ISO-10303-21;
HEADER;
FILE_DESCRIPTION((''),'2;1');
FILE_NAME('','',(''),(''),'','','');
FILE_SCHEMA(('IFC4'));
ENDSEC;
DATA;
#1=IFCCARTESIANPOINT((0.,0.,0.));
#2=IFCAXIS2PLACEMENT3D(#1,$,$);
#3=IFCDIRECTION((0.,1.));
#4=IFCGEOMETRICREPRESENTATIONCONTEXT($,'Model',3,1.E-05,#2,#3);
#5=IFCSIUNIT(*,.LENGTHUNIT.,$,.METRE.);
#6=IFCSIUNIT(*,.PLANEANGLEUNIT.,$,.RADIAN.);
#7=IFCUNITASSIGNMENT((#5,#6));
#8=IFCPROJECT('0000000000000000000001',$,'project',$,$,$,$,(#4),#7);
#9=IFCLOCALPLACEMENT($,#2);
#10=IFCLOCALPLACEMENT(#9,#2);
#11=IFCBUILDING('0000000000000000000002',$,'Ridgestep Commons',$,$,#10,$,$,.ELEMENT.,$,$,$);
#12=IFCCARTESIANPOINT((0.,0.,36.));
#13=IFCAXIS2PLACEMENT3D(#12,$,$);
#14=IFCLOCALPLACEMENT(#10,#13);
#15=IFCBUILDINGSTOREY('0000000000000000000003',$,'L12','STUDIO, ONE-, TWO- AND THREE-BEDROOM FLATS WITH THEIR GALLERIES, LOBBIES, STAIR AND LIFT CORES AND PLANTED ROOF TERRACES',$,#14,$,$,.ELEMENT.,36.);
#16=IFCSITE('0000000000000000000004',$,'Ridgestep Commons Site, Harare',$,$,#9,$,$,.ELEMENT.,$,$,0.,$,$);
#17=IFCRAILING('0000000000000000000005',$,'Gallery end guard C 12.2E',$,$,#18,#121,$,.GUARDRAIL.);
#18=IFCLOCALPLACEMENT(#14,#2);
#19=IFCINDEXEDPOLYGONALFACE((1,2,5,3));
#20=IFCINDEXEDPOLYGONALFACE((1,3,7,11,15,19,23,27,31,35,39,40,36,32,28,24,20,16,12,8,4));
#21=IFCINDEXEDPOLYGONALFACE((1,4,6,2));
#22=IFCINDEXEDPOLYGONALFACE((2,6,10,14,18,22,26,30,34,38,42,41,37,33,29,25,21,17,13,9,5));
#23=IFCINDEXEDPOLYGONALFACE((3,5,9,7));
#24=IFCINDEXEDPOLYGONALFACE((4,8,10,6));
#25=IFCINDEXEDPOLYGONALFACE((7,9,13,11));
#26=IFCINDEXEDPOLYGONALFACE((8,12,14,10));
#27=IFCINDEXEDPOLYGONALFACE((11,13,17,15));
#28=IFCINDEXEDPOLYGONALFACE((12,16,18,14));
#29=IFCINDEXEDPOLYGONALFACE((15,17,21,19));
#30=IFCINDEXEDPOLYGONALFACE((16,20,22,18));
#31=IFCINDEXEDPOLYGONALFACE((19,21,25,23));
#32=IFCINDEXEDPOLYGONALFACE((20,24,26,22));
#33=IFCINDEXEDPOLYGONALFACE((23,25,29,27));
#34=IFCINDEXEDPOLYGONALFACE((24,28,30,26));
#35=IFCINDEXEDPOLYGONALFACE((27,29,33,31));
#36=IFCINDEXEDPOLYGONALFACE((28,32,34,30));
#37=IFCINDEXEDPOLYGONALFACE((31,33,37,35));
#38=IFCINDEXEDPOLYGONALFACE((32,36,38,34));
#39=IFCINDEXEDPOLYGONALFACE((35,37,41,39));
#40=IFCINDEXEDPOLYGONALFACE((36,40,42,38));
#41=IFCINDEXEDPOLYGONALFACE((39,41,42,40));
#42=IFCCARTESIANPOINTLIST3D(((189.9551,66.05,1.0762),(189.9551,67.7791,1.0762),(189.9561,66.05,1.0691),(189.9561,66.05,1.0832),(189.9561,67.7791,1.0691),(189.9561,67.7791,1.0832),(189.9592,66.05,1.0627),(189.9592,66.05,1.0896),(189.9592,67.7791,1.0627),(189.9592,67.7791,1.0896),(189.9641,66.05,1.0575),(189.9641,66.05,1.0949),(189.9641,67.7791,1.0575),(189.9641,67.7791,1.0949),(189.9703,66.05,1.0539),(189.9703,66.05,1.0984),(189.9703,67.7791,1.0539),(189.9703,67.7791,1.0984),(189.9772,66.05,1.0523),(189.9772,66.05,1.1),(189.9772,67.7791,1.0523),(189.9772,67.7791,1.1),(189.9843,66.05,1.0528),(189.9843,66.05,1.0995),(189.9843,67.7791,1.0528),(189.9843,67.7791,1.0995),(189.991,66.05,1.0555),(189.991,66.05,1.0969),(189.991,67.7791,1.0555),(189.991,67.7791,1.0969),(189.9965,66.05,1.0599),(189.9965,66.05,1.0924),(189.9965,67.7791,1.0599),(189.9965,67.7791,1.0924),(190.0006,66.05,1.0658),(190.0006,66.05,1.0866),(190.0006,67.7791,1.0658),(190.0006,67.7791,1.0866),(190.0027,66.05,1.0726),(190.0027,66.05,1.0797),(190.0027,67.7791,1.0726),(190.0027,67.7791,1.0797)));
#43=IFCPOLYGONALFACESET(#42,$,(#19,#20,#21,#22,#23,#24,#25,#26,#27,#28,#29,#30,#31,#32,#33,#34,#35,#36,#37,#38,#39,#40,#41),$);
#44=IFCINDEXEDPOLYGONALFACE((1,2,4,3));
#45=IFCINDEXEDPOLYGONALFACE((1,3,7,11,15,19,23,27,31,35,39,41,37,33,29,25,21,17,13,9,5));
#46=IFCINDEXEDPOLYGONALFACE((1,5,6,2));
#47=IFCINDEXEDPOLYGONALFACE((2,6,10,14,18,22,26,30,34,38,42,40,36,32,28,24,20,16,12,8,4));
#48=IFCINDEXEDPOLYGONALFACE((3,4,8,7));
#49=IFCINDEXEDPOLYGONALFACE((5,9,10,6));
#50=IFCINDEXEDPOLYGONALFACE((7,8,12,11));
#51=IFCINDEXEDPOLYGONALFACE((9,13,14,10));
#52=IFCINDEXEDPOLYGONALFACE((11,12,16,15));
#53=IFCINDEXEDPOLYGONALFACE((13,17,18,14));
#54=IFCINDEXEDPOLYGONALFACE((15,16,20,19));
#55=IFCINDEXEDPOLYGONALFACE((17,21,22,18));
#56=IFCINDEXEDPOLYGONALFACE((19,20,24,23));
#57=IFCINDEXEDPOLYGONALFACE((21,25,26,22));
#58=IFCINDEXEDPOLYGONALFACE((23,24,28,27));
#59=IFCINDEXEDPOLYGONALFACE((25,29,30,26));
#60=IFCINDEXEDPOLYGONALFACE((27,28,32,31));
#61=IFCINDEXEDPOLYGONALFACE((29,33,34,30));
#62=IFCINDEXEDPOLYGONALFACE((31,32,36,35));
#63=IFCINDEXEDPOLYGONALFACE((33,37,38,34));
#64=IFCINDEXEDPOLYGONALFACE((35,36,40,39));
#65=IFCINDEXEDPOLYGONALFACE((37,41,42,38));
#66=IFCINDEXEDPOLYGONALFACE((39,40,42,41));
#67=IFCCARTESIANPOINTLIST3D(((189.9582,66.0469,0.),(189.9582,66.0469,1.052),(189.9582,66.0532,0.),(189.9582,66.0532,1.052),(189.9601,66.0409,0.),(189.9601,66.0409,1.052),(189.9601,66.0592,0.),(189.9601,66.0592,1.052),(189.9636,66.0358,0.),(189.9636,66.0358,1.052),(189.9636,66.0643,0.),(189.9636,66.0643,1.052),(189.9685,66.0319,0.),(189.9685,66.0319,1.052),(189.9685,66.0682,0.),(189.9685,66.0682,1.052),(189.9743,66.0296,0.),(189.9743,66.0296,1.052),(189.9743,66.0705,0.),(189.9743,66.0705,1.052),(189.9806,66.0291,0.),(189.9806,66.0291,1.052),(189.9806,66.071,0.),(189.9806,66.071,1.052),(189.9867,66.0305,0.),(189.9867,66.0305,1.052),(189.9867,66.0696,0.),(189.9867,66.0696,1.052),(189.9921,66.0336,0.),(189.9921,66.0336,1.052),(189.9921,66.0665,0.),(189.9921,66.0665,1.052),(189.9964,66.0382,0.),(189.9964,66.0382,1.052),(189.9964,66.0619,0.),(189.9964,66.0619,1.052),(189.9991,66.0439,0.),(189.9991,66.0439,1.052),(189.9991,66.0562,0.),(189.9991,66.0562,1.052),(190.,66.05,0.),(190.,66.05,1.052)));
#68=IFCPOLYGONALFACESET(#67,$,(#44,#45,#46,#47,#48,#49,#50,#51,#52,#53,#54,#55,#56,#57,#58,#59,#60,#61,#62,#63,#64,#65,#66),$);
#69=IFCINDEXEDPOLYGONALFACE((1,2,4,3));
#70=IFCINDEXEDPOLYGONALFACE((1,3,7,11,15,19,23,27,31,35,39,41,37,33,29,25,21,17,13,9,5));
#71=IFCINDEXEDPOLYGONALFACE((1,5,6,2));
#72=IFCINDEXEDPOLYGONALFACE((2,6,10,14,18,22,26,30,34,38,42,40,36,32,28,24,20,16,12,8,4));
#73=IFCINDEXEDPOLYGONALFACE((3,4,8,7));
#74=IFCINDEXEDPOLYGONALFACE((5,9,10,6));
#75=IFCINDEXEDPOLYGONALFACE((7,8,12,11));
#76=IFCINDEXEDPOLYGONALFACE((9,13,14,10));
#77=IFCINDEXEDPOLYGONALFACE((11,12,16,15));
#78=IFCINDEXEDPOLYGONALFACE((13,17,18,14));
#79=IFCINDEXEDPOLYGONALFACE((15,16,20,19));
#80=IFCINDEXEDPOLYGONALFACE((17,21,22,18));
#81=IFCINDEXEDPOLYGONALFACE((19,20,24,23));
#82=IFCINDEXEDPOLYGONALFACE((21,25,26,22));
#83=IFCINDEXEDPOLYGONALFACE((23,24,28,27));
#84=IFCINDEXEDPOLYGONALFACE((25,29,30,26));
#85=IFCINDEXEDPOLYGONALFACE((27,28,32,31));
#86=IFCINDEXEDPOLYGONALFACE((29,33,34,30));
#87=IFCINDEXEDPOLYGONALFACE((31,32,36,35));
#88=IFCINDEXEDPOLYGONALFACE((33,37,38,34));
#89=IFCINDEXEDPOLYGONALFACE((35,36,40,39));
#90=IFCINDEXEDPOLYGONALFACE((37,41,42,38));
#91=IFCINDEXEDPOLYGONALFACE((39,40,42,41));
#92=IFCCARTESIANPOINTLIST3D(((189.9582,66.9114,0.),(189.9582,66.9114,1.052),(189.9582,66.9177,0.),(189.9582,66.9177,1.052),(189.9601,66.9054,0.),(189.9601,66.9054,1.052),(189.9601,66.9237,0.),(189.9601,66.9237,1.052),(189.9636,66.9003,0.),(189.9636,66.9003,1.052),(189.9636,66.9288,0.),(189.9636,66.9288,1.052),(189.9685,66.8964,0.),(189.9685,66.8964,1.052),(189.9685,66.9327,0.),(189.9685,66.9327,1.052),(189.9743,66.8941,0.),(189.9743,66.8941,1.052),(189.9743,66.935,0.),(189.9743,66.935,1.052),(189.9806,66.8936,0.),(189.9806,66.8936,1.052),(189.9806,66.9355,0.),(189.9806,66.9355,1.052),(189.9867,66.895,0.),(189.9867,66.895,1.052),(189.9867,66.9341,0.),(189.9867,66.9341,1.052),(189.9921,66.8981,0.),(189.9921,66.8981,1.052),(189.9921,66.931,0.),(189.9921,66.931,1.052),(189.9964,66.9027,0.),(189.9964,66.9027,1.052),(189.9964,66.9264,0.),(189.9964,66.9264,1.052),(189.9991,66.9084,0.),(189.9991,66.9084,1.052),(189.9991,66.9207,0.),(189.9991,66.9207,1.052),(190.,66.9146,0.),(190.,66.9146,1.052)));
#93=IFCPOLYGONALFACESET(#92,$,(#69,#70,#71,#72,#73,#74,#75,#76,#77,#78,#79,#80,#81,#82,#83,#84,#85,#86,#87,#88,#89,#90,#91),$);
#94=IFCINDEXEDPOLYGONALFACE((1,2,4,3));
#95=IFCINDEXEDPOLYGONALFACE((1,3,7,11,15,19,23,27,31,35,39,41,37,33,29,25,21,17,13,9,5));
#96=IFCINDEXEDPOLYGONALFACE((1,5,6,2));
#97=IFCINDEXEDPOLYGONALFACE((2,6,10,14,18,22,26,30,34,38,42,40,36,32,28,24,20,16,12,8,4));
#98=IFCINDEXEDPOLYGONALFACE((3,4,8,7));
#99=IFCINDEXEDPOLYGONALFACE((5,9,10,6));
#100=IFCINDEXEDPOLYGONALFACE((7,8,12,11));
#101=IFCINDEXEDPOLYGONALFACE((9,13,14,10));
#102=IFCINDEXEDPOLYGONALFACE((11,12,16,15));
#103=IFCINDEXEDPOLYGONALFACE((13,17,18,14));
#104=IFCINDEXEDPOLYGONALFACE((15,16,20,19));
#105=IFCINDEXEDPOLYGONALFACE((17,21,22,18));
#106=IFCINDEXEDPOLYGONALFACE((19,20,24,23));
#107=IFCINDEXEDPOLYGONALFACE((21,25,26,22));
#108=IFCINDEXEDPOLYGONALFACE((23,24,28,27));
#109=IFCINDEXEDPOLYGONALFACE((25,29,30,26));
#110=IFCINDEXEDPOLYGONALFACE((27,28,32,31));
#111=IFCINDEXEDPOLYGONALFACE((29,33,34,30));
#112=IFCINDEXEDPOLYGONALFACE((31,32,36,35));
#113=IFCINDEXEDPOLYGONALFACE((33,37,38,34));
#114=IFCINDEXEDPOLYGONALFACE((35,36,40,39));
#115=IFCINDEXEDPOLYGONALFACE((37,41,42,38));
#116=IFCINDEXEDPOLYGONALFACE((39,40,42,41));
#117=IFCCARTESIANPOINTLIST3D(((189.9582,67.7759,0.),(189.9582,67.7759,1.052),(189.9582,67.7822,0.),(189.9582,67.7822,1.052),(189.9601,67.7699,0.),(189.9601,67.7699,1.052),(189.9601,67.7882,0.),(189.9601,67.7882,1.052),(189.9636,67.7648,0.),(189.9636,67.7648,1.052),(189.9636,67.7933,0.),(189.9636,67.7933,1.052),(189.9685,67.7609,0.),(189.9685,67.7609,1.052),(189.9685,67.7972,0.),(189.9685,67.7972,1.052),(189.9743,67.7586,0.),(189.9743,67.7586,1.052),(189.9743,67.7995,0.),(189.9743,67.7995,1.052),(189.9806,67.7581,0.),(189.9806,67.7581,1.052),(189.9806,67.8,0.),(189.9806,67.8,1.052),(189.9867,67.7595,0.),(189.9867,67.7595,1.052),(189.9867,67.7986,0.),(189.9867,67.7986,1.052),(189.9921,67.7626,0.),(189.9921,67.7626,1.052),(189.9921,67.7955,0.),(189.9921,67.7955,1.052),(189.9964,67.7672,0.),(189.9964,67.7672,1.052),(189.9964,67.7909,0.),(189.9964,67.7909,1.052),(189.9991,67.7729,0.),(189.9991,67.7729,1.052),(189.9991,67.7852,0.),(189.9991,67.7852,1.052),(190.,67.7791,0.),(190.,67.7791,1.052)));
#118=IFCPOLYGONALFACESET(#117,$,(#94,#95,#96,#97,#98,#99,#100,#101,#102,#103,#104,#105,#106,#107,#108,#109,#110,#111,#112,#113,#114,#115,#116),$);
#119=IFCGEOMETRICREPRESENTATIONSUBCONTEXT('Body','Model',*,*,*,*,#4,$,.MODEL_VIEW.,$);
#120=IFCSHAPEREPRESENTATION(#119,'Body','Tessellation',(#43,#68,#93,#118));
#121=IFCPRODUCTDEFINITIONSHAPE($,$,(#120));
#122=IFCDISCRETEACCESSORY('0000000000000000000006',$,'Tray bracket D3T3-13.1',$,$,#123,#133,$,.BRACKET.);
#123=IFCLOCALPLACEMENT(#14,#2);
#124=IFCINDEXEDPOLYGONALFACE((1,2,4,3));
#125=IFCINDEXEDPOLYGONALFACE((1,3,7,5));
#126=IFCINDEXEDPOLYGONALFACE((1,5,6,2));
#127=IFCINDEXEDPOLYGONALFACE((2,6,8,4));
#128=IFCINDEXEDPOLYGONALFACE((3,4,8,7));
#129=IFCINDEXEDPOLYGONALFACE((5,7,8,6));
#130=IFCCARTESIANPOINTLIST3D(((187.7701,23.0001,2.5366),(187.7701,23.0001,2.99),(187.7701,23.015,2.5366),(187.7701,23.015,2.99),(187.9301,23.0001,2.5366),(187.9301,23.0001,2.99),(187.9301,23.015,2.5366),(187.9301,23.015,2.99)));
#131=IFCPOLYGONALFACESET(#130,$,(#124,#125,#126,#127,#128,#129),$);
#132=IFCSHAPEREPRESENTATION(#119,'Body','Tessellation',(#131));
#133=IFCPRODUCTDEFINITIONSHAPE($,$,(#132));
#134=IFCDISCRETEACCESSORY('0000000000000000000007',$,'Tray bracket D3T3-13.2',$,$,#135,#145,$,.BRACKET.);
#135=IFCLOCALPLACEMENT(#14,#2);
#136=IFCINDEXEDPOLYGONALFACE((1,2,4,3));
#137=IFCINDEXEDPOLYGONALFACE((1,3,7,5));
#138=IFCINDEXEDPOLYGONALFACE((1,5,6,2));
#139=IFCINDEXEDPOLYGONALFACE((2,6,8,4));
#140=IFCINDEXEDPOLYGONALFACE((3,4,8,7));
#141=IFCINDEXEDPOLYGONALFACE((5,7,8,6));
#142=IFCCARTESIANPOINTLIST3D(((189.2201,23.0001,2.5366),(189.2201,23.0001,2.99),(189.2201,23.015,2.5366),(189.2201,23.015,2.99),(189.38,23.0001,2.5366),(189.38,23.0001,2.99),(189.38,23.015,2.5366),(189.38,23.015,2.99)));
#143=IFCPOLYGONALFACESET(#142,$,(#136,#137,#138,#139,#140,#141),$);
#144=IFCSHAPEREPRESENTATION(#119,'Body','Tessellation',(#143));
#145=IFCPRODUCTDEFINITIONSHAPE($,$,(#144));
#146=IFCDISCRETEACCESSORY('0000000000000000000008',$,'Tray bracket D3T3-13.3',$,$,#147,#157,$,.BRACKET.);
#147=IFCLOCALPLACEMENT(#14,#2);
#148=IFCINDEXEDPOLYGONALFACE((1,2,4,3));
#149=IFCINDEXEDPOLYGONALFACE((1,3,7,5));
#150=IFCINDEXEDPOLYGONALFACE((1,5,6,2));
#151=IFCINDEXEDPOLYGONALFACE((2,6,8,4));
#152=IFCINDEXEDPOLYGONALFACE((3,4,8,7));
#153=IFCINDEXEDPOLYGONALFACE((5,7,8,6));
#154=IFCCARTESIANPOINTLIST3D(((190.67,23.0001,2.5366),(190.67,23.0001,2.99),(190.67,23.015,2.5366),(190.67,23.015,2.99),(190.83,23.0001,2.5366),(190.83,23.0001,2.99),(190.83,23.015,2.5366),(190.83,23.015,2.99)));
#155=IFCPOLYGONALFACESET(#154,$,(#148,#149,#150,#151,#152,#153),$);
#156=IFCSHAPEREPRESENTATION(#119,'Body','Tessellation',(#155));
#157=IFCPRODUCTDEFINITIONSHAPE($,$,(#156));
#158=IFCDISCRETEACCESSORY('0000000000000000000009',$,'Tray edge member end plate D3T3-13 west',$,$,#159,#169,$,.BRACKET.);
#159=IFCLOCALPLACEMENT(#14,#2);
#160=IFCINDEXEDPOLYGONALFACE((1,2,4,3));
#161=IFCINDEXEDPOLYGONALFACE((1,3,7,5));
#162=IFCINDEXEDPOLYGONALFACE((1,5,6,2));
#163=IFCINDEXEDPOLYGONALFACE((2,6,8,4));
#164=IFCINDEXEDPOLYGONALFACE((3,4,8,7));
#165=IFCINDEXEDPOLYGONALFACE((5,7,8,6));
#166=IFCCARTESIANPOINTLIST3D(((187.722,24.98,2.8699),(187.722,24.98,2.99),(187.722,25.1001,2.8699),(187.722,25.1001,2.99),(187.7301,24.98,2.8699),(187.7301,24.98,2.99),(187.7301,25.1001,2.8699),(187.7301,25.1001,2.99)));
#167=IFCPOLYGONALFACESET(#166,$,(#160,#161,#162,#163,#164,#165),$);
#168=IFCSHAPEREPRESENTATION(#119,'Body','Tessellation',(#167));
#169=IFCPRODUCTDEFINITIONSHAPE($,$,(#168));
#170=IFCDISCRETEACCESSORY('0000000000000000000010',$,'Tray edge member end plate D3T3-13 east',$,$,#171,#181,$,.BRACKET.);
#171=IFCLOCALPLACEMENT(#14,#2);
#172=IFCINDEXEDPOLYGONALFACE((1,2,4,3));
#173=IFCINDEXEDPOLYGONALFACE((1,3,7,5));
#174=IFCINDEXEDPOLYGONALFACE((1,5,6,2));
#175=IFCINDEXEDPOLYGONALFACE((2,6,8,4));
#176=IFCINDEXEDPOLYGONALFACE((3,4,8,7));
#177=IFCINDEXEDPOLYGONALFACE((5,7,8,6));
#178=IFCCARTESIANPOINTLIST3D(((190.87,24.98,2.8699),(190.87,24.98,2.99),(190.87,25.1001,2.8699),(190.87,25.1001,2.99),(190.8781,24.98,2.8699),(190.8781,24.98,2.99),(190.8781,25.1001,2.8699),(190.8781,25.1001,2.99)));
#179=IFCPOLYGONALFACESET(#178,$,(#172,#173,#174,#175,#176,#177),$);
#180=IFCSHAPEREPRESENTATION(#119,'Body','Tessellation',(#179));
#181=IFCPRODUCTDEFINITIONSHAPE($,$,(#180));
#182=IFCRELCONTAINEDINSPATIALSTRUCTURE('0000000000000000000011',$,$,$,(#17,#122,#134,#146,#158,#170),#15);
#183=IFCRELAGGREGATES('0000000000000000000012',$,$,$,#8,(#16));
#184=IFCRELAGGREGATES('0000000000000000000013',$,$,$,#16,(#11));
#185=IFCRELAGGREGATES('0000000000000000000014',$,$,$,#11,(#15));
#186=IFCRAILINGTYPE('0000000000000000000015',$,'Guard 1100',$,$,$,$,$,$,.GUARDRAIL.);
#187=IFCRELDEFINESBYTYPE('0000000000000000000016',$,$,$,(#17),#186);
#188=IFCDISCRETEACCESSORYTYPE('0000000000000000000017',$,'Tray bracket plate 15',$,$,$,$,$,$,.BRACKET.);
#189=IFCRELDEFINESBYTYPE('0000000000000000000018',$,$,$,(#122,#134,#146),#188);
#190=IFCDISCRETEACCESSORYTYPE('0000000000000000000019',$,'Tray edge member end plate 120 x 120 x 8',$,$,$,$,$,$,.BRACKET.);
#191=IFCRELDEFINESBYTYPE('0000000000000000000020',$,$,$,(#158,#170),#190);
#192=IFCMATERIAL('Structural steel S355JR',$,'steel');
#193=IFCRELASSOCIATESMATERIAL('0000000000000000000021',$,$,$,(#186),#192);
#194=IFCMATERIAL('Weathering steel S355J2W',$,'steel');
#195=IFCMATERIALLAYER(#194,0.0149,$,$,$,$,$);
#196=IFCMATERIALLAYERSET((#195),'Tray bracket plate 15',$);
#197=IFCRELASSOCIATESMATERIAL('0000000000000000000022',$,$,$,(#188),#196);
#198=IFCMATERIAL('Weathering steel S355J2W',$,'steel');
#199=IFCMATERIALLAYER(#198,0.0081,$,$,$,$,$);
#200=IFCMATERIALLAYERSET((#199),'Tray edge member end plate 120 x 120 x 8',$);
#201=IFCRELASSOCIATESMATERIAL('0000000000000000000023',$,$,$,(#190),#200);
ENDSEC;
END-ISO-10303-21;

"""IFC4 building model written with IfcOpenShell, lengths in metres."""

from ifc_helpers import new_model, si_unit, direction, frame, origin, origin_2d, place, context, subcontext, project, spatial, rectangle, circle, extrude, material, layer, layer_set, type_object, element, save


model = new_model("IFC4")

# Units and contexts
model_context = context("Model", 3, precision=1e-05, world=origin(), true_north=direction((0.0, 1.0)))
body_context = subcontext(model_context, "Body", "Model", "MODEL_VIEW")
ifc_project = project(units=[si_unit("LENGTHUNIT", "METRE"), si_unit("PLANEANGLEUNIT", "RADIAN")], contexts=[model_context])

# Site, building, storey
site_placement = place(None, origin())
site = spatial("IfcSite", under=ifc_project, at=site_placement, Name="Ridgestep Commons Site, Harare", CompositionType="ELEMENT", RefElevation=0.0)
building_placement = place(site_placement, origin())
building = spatial("IfcBuilding", under=site, at=building_placement, Name="Ridgestep Commons", CompositionType="ELEMENT")
storey_placement = place(building_placement, frame((0.0, 0.0, 36.0)))
storey = spatial("IfcBuildingStorey", under=building, at=storey_placement, Name="L12", Description="STUDIO, ONE-, TWO- AND THREE-BEDROOM FLATS WITH THEIR GALLERIES, LOBBIES, STAIR AND LIFT CORES AND PLANTED ROOF TERRACES", CompositionType="ELEMENT", Elevation=36.0)

# Railing
ifc_material_1 = material(Name="Structural steel S355JR", Category="steel")
railing_type = type_object("IfcRailingType", Name="Guard 1100", PredefinedType="GUARDRAIL", material=ifc_material_1)
railing_1_placement = place(storey_placement, frame((189.979, 66.05, 0.0)))
element("IfcRailing", 1, at=railing_1_placement, inside=storey, type_object=railing_type, Name="Gallery end guard C 12.2E", PredefinedType="GUARDRAIL", context=body_context, shape_type="SweptSolid", body=[
    extrude(circle(Radius=0.0239, at=origin_2d()), frame((0.0, 0.0, 1.0762), z_axis=(0.0, 1.0, 0.0), x_axis=(-1.0, 0.0, 0.0)), (0.0, 0.0, 1.0), 1.729),
    extrude(circle(Radius=0.021, at=origin_2d()), origin(), (0.0, 0.0, 1.0), 1.052),
    extrude(circle(Radius=0.021, at=origin_2d()), frame((0.0, 0.8645, 0.0)), (0.0, 0.0, 1.0), 1.052),
    extrude(circle(Radius=0.021, at=origin_2d()), frame((0.0, 1.729, 0.0)), (0.0, 0.0, 1.0), 1.052),
])

# Discrete accessories
ifc_material_2 = material(Name="Weathering steel S355J2W", Category="steel")
ifc_layer_1 = layer(ifc_material_2, 0.0149)
ifc_layer_set_1 = layer_set([ifc_layer_1], Name="Tray bracket plate 15")
discrete_accessory_type_1 = type_object("IfcDiscreteAccessoryType", Name="Tray bracket plate 15", PredefinedType="BRACKET", material=ifc_layer_set_1)
for number, where, z_axis, x_axis, name in (
    (2, (187.8501, 23.0076, 2.5366), (0.0, 0.0, 1.0), (1.0, 0.0, 0.0), "Tray bracket D3T3-13.1"),
    (3, (189.3, 23.0076, 2.5366), (0.0, 0.0, 1.0), (1.0, 0.0, 0.0), "Tray bracket D3T3-13.2"),
    (4, (190.75, 23.0076, 2.5366), (0.0, 0.0, 1.0), (1.0, 0.0, 0.0), "Tray bracket D3T3-13.3"),
):
    element("IfcDiscreteAccessory", number, at=place(storey_placement, frame(where, z_axis=z_axis, x_axis=x_axis)), inside=storey, type_object=discrete_accessory_type_1, Name=name, PredefinedType="BRACKET", context=body_context, shape_type="SweptSolid", body=[
        extrude(rectangle(XDim=0.1599, YDim=0.0149, at=origin_2d()), origin(), (0.0, 0.0, 1.0), 0.4534),
    ])
ifc_material_3 = material(Name="Weathering steel S355J2W", Category="steel")
ifc_layer_2 = layer(ifc_material_3, 0.0081)
ifc_layer_set_2 = layer_set([ifc_layer_2], Name="Tray edge member end plate 120 x 120 x 8")
discrete_accessory_type_2 = type_object("IfcDiscreteAccessoryType", Name="Tray edge member end plate 120 x 120 x 8", PredefinedType="BRACKET", material=ifc_layer_set_2)
for number, where, z_axis, x_axis, name in (
    (5, (187.7261, 25.04, 2.8699), (0.0, 0.0, 1.0), (1.0, 0.0, 0.0), "Tray edge member end plate D3T3-13 west"),
    (6, (190.874, 25.04, 2.8699), (0.0, 0.0, 1.0), (1.0, 0.0, 0.0), "Tray edge member end plate D3T3-13 east"),
):
    element("IfcDiscreteAccessory", number, at=place(storey_placement, frame(where, z_axis=z_axis, x_axis=x_axis)), inside=storey, type_object=discrete_accessory_type_2, Name=name, PredefinedType="BRACKET", context=body_context, shape_type="SweptSolid", body=[
        extrude(rectangle(XDim=0.0081, YDim=0.1201, at=origin_2d()), origin(), (0.0, 0.0, 1.0), 0.1201),
    ])

save(model, "model.ifc")
